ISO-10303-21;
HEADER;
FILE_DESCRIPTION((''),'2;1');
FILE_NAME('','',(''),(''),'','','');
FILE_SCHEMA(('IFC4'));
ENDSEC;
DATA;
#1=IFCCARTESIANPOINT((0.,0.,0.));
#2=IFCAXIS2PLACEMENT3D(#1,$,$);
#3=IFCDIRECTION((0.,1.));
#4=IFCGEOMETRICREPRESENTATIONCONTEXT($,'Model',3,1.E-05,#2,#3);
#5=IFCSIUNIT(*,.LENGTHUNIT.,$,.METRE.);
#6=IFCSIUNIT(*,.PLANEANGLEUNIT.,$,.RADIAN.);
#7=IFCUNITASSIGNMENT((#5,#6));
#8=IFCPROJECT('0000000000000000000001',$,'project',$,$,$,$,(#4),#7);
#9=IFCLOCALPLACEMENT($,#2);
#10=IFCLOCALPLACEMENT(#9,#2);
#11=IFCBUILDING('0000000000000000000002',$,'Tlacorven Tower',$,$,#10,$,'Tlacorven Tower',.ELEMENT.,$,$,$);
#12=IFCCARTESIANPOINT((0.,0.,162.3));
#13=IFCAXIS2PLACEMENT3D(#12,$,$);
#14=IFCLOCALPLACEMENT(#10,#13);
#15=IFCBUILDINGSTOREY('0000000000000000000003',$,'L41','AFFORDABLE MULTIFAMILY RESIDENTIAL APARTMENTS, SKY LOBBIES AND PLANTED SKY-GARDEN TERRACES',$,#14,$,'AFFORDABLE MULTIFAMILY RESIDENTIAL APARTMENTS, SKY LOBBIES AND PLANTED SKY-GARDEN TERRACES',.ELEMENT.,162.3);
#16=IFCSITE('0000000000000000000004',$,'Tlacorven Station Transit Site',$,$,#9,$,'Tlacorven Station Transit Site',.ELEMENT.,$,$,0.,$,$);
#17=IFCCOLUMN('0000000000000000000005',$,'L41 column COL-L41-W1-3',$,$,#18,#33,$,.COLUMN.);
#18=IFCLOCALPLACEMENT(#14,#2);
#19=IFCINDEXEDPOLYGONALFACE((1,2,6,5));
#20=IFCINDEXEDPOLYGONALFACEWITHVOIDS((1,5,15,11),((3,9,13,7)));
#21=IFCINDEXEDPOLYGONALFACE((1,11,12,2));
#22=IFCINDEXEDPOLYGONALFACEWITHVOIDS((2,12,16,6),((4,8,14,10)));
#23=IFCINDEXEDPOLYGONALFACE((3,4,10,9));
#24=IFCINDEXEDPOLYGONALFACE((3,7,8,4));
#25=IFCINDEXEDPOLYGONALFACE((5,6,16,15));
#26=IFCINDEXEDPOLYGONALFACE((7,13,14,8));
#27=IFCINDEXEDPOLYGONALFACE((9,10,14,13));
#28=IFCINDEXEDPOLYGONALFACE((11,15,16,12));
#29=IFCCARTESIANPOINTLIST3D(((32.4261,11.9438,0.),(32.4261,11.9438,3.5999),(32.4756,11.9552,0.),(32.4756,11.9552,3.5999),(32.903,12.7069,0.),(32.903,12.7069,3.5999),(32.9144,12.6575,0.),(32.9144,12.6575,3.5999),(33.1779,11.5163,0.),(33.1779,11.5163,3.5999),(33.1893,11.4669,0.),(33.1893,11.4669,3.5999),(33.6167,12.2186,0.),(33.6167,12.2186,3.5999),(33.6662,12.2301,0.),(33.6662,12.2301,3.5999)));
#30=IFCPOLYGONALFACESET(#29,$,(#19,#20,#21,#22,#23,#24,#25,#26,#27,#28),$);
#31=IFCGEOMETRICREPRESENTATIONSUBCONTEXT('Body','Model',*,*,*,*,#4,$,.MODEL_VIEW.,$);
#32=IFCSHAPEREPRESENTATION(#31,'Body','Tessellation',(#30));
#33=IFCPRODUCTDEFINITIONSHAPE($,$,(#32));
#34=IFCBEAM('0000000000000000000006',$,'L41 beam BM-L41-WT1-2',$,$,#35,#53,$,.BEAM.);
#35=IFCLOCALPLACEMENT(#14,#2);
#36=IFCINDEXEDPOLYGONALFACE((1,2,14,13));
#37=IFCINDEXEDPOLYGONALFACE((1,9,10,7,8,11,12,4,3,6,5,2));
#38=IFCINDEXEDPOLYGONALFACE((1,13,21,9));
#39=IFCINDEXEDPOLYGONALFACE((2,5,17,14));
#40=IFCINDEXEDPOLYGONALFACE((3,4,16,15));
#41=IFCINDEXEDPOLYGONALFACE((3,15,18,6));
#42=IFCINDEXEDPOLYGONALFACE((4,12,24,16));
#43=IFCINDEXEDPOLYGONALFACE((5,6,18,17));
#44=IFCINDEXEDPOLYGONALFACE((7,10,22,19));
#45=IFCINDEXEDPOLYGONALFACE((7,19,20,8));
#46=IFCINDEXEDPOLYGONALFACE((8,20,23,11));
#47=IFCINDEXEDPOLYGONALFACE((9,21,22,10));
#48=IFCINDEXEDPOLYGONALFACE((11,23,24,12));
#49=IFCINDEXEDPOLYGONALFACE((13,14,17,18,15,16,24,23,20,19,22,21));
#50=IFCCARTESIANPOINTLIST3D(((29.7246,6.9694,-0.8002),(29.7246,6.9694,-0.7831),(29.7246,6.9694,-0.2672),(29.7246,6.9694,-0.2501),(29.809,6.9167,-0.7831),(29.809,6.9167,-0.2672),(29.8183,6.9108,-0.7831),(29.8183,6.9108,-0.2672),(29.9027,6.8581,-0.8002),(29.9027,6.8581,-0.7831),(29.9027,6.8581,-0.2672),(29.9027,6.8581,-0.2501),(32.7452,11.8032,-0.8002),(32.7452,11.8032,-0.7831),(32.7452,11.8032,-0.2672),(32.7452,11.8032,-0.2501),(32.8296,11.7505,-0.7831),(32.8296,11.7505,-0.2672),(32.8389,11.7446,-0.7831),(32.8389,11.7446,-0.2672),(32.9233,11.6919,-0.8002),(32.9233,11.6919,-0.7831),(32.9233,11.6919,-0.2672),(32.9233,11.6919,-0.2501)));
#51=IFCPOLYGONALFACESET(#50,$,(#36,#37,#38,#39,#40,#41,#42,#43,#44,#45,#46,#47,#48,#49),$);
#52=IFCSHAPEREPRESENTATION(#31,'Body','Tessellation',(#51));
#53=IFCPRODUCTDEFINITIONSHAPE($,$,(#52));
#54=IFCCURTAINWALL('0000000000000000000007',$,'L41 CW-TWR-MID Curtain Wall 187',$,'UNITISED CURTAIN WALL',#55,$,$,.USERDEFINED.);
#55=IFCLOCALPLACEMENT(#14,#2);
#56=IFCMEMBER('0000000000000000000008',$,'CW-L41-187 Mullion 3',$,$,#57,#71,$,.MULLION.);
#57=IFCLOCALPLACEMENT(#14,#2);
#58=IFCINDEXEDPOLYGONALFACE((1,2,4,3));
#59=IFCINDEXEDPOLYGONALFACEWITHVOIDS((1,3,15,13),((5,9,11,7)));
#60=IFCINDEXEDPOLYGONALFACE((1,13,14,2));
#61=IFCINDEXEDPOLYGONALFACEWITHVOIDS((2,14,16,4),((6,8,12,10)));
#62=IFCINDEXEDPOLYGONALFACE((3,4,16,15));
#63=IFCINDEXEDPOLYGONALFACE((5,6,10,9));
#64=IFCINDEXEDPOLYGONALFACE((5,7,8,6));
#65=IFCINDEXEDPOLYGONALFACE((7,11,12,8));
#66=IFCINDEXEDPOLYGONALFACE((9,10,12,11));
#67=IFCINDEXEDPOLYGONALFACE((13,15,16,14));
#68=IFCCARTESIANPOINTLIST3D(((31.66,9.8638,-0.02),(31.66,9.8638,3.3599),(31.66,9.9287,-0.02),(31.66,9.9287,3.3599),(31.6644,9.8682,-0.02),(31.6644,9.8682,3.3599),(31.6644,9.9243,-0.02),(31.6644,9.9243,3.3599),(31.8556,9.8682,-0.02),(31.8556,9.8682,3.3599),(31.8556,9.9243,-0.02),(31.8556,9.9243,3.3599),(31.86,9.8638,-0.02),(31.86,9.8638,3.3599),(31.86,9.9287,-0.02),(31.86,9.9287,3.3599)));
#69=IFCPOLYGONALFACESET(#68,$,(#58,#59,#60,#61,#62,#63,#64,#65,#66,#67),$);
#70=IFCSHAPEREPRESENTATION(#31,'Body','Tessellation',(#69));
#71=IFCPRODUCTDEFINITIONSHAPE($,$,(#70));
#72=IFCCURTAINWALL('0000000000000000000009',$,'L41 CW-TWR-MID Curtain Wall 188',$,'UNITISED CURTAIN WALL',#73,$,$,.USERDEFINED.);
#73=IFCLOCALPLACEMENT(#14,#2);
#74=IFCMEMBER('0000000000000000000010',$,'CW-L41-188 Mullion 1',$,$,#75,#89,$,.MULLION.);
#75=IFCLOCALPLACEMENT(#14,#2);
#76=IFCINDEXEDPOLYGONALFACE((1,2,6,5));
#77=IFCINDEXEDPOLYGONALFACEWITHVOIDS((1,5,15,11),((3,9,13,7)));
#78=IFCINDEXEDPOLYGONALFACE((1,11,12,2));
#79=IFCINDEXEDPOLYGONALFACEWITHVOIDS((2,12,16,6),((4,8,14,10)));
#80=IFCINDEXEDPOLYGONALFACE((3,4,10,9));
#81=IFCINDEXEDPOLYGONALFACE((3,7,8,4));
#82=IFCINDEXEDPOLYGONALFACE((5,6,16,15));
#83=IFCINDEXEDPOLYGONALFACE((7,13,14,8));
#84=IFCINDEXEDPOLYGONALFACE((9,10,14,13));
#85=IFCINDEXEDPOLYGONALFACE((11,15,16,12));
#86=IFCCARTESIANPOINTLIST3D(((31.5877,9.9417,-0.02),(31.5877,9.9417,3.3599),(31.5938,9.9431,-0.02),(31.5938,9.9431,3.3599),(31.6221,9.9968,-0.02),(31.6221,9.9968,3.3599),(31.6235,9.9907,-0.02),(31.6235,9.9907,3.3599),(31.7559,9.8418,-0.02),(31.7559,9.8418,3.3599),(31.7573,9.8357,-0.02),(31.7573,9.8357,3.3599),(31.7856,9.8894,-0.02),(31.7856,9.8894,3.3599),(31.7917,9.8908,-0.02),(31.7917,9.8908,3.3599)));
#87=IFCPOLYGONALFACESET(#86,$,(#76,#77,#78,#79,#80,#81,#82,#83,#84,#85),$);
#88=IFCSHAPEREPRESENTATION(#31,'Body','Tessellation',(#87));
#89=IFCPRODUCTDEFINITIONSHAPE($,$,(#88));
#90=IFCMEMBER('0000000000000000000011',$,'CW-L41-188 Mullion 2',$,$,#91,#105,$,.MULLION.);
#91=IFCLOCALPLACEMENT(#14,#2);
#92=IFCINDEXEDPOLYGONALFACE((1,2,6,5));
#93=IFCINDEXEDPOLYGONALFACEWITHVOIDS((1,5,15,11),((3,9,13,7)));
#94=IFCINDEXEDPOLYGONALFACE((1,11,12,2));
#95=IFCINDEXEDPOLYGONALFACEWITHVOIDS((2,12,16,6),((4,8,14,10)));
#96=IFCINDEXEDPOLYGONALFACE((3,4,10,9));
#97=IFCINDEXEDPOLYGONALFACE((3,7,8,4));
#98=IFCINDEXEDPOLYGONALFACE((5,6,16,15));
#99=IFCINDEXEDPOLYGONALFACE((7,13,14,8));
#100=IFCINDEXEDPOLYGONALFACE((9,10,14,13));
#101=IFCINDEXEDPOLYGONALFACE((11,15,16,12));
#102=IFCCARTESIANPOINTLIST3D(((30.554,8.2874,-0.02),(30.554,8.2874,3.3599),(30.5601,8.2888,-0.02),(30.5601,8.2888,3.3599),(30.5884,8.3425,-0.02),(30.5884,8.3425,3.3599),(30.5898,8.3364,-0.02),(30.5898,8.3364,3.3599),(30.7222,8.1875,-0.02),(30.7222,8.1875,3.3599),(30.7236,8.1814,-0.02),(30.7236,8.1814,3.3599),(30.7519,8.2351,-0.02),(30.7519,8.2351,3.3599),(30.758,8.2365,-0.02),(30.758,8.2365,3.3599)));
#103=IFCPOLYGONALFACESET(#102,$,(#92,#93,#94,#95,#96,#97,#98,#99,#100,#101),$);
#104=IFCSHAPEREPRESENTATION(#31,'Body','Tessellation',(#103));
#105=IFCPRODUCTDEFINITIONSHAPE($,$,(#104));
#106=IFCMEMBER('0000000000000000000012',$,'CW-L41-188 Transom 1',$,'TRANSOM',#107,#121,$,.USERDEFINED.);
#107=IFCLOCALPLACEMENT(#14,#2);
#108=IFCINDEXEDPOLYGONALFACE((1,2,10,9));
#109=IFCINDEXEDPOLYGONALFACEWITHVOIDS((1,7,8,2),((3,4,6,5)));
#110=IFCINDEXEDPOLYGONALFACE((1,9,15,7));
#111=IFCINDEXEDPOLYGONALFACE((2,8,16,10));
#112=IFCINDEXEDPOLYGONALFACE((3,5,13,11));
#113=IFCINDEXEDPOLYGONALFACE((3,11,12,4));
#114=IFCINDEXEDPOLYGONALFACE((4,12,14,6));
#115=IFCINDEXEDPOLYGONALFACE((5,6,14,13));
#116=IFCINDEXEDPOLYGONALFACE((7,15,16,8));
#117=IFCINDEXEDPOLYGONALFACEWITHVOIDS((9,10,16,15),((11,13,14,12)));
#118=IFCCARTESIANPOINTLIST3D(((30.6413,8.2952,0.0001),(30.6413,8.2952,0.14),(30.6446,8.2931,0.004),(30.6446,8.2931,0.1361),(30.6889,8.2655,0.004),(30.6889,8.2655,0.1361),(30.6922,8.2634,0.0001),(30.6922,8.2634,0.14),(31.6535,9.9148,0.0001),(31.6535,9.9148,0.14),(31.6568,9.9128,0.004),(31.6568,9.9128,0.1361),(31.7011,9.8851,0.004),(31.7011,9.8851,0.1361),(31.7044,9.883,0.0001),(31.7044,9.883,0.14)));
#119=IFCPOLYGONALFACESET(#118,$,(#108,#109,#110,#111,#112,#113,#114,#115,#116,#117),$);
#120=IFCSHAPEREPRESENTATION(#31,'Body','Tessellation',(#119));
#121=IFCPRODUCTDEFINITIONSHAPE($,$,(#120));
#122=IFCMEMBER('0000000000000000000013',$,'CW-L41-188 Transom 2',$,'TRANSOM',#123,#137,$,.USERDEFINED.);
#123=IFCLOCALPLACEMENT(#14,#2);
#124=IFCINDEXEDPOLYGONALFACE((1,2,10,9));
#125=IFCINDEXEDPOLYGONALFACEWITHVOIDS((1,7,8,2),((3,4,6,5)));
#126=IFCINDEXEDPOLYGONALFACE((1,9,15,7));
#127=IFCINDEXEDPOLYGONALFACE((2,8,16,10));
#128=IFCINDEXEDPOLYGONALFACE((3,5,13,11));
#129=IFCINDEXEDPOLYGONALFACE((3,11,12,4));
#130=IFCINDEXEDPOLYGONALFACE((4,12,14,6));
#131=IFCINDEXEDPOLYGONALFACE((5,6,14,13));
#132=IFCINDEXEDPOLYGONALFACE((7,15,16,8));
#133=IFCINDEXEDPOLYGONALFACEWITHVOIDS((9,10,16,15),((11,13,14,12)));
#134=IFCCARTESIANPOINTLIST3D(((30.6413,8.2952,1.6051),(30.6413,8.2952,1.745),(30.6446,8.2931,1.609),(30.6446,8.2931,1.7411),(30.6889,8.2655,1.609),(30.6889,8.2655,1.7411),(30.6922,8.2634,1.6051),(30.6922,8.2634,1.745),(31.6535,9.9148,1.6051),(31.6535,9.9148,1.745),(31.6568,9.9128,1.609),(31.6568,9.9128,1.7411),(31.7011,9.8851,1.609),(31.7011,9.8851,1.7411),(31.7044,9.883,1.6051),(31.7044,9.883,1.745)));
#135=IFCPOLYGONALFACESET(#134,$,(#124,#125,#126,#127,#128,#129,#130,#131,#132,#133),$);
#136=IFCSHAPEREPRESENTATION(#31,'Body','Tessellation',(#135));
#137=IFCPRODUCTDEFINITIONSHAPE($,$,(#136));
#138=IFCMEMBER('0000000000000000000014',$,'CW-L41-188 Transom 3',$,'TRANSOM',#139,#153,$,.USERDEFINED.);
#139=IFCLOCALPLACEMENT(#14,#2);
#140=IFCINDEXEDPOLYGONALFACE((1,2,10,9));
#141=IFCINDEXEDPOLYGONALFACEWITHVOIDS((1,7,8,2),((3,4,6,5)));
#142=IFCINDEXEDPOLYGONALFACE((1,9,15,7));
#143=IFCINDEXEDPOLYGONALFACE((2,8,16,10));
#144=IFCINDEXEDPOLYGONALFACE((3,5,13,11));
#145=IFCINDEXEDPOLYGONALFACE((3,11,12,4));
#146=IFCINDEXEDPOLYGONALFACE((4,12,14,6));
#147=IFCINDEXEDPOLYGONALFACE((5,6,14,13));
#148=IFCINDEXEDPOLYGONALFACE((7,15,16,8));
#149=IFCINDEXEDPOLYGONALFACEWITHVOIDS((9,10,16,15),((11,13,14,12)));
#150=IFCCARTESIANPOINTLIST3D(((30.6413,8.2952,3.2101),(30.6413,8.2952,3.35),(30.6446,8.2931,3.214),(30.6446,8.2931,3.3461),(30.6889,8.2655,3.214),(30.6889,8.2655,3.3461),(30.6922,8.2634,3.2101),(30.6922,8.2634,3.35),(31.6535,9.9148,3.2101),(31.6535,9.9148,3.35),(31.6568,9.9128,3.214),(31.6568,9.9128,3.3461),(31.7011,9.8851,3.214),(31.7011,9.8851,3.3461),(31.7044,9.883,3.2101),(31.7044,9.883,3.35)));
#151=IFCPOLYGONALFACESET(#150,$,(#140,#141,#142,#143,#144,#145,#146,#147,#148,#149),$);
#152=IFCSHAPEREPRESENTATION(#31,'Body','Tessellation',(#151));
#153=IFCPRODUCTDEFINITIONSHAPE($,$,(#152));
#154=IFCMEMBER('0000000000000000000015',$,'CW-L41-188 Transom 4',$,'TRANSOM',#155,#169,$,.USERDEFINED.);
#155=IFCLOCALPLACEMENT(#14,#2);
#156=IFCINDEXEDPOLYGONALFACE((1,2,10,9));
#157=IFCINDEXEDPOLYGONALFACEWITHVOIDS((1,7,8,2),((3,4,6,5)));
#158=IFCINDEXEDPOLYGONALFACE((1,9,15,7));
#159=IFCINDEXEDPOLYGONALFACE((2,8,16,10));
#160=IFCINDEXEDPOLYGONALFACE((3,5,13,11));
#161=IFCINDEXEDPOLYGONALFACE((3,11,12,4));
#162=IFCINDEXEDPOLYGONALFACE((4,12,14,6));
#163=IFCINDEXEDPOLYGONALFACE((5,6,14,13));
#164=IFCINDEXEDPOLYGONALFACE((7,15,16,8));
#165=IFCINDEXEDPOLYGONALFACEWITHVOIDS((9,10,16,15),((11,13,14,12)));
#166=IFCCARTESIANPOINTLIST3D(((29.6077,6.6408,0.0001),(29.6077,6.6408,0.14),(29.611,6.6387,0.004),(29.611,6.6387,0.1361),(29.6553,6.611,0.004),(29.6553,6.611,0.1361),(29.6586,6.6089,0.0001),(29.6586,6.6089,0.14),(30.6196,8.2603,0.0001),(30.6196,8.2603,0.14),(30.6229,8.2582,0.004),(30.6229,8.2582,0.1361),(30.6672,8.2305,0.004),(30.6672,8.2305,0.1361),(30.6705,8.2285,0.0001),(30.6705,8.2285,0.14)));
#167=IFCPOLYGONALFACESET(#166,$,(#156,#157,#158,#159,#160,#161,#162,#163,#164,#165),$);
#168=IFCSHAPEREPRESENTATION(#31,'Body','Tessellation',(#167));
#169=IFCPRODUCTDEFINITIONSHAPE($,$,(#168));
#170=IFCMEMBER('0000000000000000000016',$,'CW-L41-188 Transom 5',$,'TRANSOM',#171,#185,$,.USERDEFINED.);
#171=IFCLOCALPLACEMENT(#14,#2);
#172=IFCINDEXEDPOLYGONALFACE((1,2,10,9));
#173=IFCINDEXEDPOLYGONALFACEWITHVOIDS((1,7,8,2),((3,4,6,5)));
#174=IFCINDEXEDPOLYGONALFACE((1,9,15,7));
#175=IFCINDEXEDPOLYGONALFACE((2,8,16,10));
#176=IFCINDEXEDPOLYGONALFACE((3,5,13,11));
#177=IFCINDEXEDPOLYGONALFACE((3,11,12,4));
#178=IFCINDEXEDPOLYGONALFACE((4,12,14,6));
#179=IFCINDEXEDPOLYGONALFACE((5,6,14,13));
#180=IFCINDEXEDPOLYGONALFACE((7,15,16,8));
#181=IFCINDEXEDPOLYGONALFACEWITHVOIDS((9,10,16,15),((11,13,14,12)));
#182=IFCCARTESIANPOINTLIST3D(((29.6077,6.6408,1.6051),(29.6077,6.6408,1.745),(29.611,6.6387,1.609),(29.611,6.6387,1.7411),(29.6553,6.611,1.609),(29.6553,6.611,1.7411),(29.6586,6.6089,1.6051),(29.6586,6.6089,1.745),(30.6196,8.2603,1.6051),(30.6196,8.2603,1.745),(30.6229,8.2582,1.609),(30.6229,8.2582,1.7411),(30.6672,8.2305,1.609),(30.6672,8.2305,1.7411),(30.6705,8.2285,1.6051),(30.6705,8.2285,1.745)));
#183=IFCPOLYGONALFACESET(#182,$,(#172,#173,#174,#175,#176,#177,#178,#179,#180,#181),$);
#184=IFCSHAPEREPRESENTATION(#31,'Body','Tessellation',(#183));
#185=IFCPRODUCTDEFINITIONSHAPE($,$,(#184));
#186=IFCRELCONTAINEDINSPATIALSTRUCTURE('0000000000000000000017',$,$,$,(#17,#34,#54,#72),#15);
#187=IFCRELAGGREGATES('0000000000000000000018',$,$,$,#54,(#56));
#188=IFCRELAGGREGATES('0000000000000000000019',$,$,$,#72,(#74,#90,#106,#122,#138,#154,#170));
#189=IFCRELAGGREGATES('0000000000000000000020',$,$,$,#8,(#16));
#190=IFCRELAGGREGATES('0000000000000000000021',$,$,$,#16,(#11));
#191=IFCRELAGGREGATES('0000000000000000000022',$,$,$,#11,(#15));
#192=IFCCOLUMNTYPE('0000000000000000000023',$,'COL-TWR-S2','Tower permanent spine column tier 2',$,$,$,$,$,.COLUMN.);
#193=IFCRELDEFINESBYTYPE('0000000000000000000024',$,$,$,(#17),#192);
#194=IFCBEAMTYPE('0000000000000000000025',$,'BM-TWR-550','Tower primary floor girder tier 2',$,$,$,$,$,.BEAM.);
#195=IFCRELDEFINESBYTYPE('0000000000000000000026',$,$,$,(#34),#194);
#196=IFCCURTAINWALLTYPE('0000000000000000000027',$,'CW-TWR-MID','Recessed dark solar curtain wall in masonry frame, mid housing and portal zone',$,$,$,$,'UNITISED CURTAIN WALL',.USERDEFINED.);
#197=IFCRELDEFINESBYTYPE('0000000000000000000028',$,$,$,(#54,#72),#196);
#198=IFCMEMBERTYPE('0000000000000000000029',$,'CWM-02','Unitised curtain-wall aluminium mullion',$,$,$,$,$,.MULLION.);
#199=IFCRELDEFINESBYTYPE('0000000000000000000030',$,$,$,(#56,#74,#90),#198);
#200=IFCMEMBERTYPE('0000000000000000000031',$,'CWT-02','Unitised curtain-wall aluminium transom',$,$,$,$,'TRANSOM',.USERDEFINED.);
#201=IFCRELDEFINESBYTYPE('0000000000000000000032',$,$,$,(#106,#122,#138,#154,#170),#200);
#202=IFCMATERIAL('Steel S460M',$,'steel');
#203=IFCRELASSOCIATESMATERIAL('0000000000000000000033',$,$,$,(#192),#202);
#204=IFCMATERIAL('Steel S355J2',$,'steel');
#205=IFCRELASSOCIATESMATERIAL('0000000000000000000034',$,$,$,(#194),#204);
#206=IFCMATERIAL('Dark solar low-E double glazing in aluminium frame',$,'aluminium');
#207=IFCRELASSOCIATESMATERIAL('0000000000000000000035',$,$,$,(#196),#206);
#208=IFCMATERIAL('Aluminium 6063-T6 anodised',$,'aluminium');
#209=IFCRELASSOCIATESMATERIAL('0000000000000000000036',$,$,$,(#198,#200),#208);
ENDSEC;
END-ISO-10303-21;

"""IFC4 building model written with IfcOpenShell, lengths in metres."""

from ifc_helpers import new_model, si_unit, direction, frame, origin, origin_2d, place, context, subcontext, project, spatial, hollow_rectangle, i_section, extrude, source, transform, mapped, material, material_profile, profile_set, type_object, element, aggregate, save


model = new_model("IFC4")

# Units and contexts
model_context = context("Model", 3, precision=1e-05, world=origin(), true_north=direction((0.0, 1.0)))
body_context = subcontext(model_context, "Body", "Model", "MODEL_VIEW")
ifc_project = project(units=[si_unit("LENGTHUNIT", "METRE"), si_unit("PLANEANGLEUNIT", "RADIAN")], contexts=[model_context])

# Site, building, storey
site_placement = place(None, origin())
site = spatial("IfcSite", under=ifc_project, at=site_placement, Name="Tlacorven Station Transit Site", LongName="Tlacorven Station Transit Site", CompositionType="ELEMENT", RefElevation=0.0)
building_placement = place(site_placement, origin())
building = spatial("IfcBuilding", under=site, at=building_placement, Name="Tlacorven Tower", LongName="Tlacorven Tower", CompositionType="ELEMENT")
storey_placement = place(building_placement, frame((0.0, 0.0, 162.3)))
storey = spatial("IfcBuildingStorey", under=building, at=storey_placement, Name="L41", Description="AFFORDABLE MULTIFAMILY RESIDENTIAL APARTMENTS, SKY LOBBIES AND PLANTED SKY-GARDEN TERRACES", LongName="AFFORDABLE MULTIFAMILY RESIDENTIAL APARTMENTS, SKY LOBBIES AND PLANTED SKY-GARDEN TERRACES", CompositionType="ELEMENT", Elevation=162.3)

# Column
ifc_material_1 = material(Name="Steel S460M", Category="steel")
ifc_material_profile_1 = material_profile(ifc_material_1, hollow_rectangle(XDim=0.8999, YDim=0.8999, WallThickness=0.0359, at=origin_2d()), Name="BOX 900X900X36")
ifc_profile_set_1 = profile_set([ifc_material_profile_1], Name="Steel S460M")
column_type = type_object("IfcColumnType", Name="COL-TWR-S2", Description="Tower permanent spine column tier 2", PredefinedType="COLUMN", material=ifc_profile_set_1)
shared_shape_1 = source(origin(), body_context, "Body", "SweptSolid", [
    extrude(hollow_rectangle(XDim=0.8999, YDim=0.8999, WallThickness=0.0359, at=origin_2d()), origin(), (0.0, 0.0, 1.0), 3.5999),
])
column_placement = place(storey_placement, frame((33.0461, 12.0869, 0.0), z_axis=(0.0, 0.0, 1.0), x_axis=(-0.848048, 0.529919, 0.0)))
element("IfcColumn", 1, at=column_placement, inside=storey, type_object=column_type, Name="L41 column COL-L41-W1-3", PredefinedType="COLUMN", context=body_context, shape_type="MappedRepresentation", body=[
    mapped(shared_shape_1, transform((0.0, 0.0, 0.0), scale=1.0)),
])

# Beam
ifc_material_2 = material(Name="Steel S355J2", Category="steel")
ifc_material_profile_2 = material_profile(ifc_material_2, i_section(OverallWidth=0.21, OverallDepth=0.55, WebThickness=0.011, FlangeThickness=0.0171, at=origin_2d()), Name="IPE 550")
ifc_profile_set_2 = profile_set([ifc_material_profile_2], Name="Steel S355J2")
beam_type = type_object("IfcBeamType", Name="BM-TWR-550", Description="Tower primary floor girder tier 2", PredefinedType="BEAM", material=ifc_profile_set_2)
shared_shape_2 = source(origin(), body_context, "Body", "SweptSolid", [
    extrude(i_section(OverallWidth=0.21, OverallDepth=0.55, WebThickness=0.011, FlangeThickness=0.0171, at=origin_2d()), origin(), (0.0, 0.0, 1.0), 5.7),
])
beam_placement = place(storey_placement, frame((32.8342, 11.7476, -0.5251), z_axis=(-0.529926, -0.848044, 0.0), x_axis=(0.848044, -0.529926, 0.0)))
element("IfcBeam", 2, at=beam_placement, inside=storey, type_object=beam_type, Name="L41 beam BM-L41-WT1-2", PredefinedType="BEAM", context=body_context, shape_type="MappedRepresentation", body=[
    mapped(shared_shape_2, transform((0.0, 0.0, 0.0), scale=1.0)),
])

# Curtain wall, member
ifc_material_3 = material(Name="Dark solar low-E double glazing in aluminium frame", Category="aluminium")
curtain_wall_type = type_object("IfcCurtainWallType", Name="CW-TWR-MID", Description="Recessed dark solar curtain wall in masonry frame, mid housing and portal zone", ElementType="UNITISED CURTAIN WALL", PredefinedType="USERDEFINED", material=ifc_material_3)
curtain_wall_1_placement = place(storey_placement, origin())
curtain_wall_1 = element("IfcCurtainWall", 3, at=curtain_wall_1_placement, inside=storey, type_object=curtain_wall_type, Name="L41 CW-TWR-MID Curtain Wall 187", ObjectType="UNITISED CURTAIN WALL", PredefinedType="USERDEFINED")
ifc_material_4 = material(Name="Aluminium 6063-T6 anodised", Category="aluminium")
ifc_material_profile_3 = material_profile(ifc_material_4, hollow_rectangle(XDim=0.0649, YDim=0.2, WallThickness=0.0044, at=origin_2d()), Name="ALU MULLION 65X200")
ifc_profile_set_3 = profile_set([ifc_material_profile_3], Name="Aluminium 6063-T6 anodised")
member_type_1 = type_object("IfcMemberType", Name="CWM-02", Description="Unitised curtain-wall aluminium mullion", PredefinedType="MULLION", material=ifc_profile_set_3)
shared_shape_3 = source(origin(), body_context, "Body", "SweptSolid", [
    extrude(hollow_rectangle(XDim=0.0649, YDim=0.2, WallThickness=0.0044, at=origin_2d()), origin(), (0.0, 0.0, 1.0), 3.3799),
])
member_1_placement = place(storey_placement, frame((31.76, 9.8962, -0.02), z_axis=(0.0, 0.0, 1.0), x_axis=(0.0, 1.0, 0.0)))
member_1 = element("IfcMember", 4, at=member_1_placement, type_object=member_type_1, Name="CW-L41-187 Mullion 3", PredefinedType="MULLION", context=body_context, shape_type="MappedRepresentation", body=[
    mapped(shared_shape_3, transform((0.0, 0.0, 0.0), scale=1.0)),
])

# Curtain wall, members
curtain_wall_2_placement = place(storey_placement, origin())
curtain_wall_2 = element("IfcCurtainWall", 5, at=curtain_wall_2_placement, inside=storey, type_object=curtain_wall_type, Name="L41 CW-TWR-MID Curtain Wall 188", ObjectType="UNITISED CURTAIN WALL", PredefinedType="USERDEFINED")
member_2_placement = place(storey_placement, frame((31.6897, 9.9163, -0.02), z_axis=(0.0, 0.0, 1.0), x_axis=(-0.529919, -0.848048, 0.0)))
member_2 = element("IfcMember", 6, at=member_2_placement, type_object=member_type_1, Name="CW-L41-188 Mullion 1", PredefinedType="MULLION", context=body_context, shape_type="MappedRepresentation", body=[
    mapped(shared_shape_3, transform((0.0, 0.0, 0.0), scale=1.0)),
])
member_3_placement = place(storey_placement, frame((30.656, 8.262, -0.02), z_axis=(0.0, 0.0, 1.0), x_axis=(-0.529919, -0.848048, 0.0)))
member_3 = element("IfcMember", 7, at=member_3_placement, type_object=member_type_1, Name="CW-L41-188 Mullion 2", PredefinedType="MULLION", context=body_context, shape_type="MappedRepresentation", body=[
    mapped(shared_shape_3, transform((0.0, 0.0, 0.0), scale=1.0)),
])
ifc_material_profile_4 = material_profile(ifc_material_4, hollow_rectangle(XDim=0.0601, YDim=0.1399, WallThickness=0.0039, at=origin_2d()), Name="ALU TRANSOM 60X140")
ifc_profile_set_4 = profile_set([ifc_material_profile_4], Name="Aluminium 6063-T6 anodised")
member_type_2 = type_object("IfcMemberType", Name="CWT-02", Description="Unitised curtain-wall aluminium transom", ElementType="TRANSOM", PredefinedType="USERDEFINED", material=ifc_profile_set_4)
shared_shape_4 = source(origin(), body_context, "Body", "SweptSolid", [
    extrude(hollow_rectangle(XDim=0.0601, YDim=0.1399, WallThickness=0.0039, at=origin_2d()), origin(), (0.0, 0.0, 1.0), 1.9099),
])
member_4_placement = place(storey_placement, frame((31.679, 9.8989, 0.0701), z_axis=(-0.529976, -0.848013, 0.0), x_axis=(0.848013, -0.529976, 0.0)))
member_4 = element("IfcMember", 8, at=member_4_placement, type_object=member_type_2, Name="CW-L41-188 Transom 1", ObjectType="TRANSOM", PredefinedType="USERDEFINED", context=body_context, shape_type="MappedRepresentation", body=[
    mapped(shared_shape_4, transform((0.0, 0.0, 0.0), scale=1.0)),
])
member_5_placement = place(storey_placement, frame((31.679, 9.8989, 1.675), z_axis=(-0.529976, -0.848013, 0.0), x_axis=(0.848013, -0.529976, 0.0)))
member_5 = element("IfcMember", 9, at=member_5_placement, type_object=member_type_2, Name="CW-L41-188 Transom 2", ObjectType="TRANSOM", PredefinedType="USERDEFINED", context=body_context, shape_type="MappedRepresentation", body=[
    mapped(shared_shape_4, transform((0.0, 0.0, 0.0), scale=1.0)),
])
member_6_placement = place(storey_placement, frame((31.679, 9.8989, 3.28), z_axis=(-0.529976, -0.848013, 0.0), x_axis=(0.848013, -0.529976, 0.0)))
member_6 = element("IfcMember", 10, at=member_6_placement, type_object=member_type_2, Name="CW-L41-188 Transom 3", ObjectType="TRANSOM", PredefinedType="USERDEFINED", context=body_context, shape_type="MappedRepresentation", body=[
    mapped(shared_shape_4, transform((0.0, 0.0, 0.0), scale=1.0)),
])
shared_shape_5 = source(origin(), body_context, "Body", "SweptSolid", [
    extrude(hollow_rectangle(XDim=0.0601, YDim=0.1399, WallThickness=0.0039, at=origin_2d()), origin(), (0.0, 0.0, 1.0), 1.9097),
])
member_7_placement = place(storey_placement, frame((30.645, 8.2444, 0.0701), z_axis=(-0.529884, -0.84807, 0.0), x_axis=(0.84807, -0.529884, 0.0)))
member_7 = element("IfcMember", 11, at=member_7_placement, type_object=member_type_2, Name="CW-L41-188 Transom 4", ObjectType="TRANSOM", PredefinedType="USERDEFINED", context=body_context, shape_type="MappedRepresentation", body=[
    mapped(shared_shape_5, transform((0.0, 0.0, 0.0), scale=1.0)),
])
member_8_placement = place(storey_placement, frame((30.645, 8.2444, 1.675), z_axis=(-0.529884, -0.84807, 0.0), x_axis=(0.84807, -0.529884, 0.0)))
member_8 = element("IfcMember", 12, at=member_8_placement, type_object=member_type_2, Name="CW-L41-188 Transom 5", ObjectType="TRANSOM", PredefinedType="USERDEFINED", context=body_context, shape_type="MappedRepresentation", body=[
    mapped(shared_shape_5, transform((0.0, 0.0, 0.0), scale=1.0)),
])

aggregate(curtain_wall_1, [member_1])
aggregate(curtain_wall_2, [member_2, member_3, member_4, member_5, member_6, member_7, member_8])

save(model, "model.ifc")
